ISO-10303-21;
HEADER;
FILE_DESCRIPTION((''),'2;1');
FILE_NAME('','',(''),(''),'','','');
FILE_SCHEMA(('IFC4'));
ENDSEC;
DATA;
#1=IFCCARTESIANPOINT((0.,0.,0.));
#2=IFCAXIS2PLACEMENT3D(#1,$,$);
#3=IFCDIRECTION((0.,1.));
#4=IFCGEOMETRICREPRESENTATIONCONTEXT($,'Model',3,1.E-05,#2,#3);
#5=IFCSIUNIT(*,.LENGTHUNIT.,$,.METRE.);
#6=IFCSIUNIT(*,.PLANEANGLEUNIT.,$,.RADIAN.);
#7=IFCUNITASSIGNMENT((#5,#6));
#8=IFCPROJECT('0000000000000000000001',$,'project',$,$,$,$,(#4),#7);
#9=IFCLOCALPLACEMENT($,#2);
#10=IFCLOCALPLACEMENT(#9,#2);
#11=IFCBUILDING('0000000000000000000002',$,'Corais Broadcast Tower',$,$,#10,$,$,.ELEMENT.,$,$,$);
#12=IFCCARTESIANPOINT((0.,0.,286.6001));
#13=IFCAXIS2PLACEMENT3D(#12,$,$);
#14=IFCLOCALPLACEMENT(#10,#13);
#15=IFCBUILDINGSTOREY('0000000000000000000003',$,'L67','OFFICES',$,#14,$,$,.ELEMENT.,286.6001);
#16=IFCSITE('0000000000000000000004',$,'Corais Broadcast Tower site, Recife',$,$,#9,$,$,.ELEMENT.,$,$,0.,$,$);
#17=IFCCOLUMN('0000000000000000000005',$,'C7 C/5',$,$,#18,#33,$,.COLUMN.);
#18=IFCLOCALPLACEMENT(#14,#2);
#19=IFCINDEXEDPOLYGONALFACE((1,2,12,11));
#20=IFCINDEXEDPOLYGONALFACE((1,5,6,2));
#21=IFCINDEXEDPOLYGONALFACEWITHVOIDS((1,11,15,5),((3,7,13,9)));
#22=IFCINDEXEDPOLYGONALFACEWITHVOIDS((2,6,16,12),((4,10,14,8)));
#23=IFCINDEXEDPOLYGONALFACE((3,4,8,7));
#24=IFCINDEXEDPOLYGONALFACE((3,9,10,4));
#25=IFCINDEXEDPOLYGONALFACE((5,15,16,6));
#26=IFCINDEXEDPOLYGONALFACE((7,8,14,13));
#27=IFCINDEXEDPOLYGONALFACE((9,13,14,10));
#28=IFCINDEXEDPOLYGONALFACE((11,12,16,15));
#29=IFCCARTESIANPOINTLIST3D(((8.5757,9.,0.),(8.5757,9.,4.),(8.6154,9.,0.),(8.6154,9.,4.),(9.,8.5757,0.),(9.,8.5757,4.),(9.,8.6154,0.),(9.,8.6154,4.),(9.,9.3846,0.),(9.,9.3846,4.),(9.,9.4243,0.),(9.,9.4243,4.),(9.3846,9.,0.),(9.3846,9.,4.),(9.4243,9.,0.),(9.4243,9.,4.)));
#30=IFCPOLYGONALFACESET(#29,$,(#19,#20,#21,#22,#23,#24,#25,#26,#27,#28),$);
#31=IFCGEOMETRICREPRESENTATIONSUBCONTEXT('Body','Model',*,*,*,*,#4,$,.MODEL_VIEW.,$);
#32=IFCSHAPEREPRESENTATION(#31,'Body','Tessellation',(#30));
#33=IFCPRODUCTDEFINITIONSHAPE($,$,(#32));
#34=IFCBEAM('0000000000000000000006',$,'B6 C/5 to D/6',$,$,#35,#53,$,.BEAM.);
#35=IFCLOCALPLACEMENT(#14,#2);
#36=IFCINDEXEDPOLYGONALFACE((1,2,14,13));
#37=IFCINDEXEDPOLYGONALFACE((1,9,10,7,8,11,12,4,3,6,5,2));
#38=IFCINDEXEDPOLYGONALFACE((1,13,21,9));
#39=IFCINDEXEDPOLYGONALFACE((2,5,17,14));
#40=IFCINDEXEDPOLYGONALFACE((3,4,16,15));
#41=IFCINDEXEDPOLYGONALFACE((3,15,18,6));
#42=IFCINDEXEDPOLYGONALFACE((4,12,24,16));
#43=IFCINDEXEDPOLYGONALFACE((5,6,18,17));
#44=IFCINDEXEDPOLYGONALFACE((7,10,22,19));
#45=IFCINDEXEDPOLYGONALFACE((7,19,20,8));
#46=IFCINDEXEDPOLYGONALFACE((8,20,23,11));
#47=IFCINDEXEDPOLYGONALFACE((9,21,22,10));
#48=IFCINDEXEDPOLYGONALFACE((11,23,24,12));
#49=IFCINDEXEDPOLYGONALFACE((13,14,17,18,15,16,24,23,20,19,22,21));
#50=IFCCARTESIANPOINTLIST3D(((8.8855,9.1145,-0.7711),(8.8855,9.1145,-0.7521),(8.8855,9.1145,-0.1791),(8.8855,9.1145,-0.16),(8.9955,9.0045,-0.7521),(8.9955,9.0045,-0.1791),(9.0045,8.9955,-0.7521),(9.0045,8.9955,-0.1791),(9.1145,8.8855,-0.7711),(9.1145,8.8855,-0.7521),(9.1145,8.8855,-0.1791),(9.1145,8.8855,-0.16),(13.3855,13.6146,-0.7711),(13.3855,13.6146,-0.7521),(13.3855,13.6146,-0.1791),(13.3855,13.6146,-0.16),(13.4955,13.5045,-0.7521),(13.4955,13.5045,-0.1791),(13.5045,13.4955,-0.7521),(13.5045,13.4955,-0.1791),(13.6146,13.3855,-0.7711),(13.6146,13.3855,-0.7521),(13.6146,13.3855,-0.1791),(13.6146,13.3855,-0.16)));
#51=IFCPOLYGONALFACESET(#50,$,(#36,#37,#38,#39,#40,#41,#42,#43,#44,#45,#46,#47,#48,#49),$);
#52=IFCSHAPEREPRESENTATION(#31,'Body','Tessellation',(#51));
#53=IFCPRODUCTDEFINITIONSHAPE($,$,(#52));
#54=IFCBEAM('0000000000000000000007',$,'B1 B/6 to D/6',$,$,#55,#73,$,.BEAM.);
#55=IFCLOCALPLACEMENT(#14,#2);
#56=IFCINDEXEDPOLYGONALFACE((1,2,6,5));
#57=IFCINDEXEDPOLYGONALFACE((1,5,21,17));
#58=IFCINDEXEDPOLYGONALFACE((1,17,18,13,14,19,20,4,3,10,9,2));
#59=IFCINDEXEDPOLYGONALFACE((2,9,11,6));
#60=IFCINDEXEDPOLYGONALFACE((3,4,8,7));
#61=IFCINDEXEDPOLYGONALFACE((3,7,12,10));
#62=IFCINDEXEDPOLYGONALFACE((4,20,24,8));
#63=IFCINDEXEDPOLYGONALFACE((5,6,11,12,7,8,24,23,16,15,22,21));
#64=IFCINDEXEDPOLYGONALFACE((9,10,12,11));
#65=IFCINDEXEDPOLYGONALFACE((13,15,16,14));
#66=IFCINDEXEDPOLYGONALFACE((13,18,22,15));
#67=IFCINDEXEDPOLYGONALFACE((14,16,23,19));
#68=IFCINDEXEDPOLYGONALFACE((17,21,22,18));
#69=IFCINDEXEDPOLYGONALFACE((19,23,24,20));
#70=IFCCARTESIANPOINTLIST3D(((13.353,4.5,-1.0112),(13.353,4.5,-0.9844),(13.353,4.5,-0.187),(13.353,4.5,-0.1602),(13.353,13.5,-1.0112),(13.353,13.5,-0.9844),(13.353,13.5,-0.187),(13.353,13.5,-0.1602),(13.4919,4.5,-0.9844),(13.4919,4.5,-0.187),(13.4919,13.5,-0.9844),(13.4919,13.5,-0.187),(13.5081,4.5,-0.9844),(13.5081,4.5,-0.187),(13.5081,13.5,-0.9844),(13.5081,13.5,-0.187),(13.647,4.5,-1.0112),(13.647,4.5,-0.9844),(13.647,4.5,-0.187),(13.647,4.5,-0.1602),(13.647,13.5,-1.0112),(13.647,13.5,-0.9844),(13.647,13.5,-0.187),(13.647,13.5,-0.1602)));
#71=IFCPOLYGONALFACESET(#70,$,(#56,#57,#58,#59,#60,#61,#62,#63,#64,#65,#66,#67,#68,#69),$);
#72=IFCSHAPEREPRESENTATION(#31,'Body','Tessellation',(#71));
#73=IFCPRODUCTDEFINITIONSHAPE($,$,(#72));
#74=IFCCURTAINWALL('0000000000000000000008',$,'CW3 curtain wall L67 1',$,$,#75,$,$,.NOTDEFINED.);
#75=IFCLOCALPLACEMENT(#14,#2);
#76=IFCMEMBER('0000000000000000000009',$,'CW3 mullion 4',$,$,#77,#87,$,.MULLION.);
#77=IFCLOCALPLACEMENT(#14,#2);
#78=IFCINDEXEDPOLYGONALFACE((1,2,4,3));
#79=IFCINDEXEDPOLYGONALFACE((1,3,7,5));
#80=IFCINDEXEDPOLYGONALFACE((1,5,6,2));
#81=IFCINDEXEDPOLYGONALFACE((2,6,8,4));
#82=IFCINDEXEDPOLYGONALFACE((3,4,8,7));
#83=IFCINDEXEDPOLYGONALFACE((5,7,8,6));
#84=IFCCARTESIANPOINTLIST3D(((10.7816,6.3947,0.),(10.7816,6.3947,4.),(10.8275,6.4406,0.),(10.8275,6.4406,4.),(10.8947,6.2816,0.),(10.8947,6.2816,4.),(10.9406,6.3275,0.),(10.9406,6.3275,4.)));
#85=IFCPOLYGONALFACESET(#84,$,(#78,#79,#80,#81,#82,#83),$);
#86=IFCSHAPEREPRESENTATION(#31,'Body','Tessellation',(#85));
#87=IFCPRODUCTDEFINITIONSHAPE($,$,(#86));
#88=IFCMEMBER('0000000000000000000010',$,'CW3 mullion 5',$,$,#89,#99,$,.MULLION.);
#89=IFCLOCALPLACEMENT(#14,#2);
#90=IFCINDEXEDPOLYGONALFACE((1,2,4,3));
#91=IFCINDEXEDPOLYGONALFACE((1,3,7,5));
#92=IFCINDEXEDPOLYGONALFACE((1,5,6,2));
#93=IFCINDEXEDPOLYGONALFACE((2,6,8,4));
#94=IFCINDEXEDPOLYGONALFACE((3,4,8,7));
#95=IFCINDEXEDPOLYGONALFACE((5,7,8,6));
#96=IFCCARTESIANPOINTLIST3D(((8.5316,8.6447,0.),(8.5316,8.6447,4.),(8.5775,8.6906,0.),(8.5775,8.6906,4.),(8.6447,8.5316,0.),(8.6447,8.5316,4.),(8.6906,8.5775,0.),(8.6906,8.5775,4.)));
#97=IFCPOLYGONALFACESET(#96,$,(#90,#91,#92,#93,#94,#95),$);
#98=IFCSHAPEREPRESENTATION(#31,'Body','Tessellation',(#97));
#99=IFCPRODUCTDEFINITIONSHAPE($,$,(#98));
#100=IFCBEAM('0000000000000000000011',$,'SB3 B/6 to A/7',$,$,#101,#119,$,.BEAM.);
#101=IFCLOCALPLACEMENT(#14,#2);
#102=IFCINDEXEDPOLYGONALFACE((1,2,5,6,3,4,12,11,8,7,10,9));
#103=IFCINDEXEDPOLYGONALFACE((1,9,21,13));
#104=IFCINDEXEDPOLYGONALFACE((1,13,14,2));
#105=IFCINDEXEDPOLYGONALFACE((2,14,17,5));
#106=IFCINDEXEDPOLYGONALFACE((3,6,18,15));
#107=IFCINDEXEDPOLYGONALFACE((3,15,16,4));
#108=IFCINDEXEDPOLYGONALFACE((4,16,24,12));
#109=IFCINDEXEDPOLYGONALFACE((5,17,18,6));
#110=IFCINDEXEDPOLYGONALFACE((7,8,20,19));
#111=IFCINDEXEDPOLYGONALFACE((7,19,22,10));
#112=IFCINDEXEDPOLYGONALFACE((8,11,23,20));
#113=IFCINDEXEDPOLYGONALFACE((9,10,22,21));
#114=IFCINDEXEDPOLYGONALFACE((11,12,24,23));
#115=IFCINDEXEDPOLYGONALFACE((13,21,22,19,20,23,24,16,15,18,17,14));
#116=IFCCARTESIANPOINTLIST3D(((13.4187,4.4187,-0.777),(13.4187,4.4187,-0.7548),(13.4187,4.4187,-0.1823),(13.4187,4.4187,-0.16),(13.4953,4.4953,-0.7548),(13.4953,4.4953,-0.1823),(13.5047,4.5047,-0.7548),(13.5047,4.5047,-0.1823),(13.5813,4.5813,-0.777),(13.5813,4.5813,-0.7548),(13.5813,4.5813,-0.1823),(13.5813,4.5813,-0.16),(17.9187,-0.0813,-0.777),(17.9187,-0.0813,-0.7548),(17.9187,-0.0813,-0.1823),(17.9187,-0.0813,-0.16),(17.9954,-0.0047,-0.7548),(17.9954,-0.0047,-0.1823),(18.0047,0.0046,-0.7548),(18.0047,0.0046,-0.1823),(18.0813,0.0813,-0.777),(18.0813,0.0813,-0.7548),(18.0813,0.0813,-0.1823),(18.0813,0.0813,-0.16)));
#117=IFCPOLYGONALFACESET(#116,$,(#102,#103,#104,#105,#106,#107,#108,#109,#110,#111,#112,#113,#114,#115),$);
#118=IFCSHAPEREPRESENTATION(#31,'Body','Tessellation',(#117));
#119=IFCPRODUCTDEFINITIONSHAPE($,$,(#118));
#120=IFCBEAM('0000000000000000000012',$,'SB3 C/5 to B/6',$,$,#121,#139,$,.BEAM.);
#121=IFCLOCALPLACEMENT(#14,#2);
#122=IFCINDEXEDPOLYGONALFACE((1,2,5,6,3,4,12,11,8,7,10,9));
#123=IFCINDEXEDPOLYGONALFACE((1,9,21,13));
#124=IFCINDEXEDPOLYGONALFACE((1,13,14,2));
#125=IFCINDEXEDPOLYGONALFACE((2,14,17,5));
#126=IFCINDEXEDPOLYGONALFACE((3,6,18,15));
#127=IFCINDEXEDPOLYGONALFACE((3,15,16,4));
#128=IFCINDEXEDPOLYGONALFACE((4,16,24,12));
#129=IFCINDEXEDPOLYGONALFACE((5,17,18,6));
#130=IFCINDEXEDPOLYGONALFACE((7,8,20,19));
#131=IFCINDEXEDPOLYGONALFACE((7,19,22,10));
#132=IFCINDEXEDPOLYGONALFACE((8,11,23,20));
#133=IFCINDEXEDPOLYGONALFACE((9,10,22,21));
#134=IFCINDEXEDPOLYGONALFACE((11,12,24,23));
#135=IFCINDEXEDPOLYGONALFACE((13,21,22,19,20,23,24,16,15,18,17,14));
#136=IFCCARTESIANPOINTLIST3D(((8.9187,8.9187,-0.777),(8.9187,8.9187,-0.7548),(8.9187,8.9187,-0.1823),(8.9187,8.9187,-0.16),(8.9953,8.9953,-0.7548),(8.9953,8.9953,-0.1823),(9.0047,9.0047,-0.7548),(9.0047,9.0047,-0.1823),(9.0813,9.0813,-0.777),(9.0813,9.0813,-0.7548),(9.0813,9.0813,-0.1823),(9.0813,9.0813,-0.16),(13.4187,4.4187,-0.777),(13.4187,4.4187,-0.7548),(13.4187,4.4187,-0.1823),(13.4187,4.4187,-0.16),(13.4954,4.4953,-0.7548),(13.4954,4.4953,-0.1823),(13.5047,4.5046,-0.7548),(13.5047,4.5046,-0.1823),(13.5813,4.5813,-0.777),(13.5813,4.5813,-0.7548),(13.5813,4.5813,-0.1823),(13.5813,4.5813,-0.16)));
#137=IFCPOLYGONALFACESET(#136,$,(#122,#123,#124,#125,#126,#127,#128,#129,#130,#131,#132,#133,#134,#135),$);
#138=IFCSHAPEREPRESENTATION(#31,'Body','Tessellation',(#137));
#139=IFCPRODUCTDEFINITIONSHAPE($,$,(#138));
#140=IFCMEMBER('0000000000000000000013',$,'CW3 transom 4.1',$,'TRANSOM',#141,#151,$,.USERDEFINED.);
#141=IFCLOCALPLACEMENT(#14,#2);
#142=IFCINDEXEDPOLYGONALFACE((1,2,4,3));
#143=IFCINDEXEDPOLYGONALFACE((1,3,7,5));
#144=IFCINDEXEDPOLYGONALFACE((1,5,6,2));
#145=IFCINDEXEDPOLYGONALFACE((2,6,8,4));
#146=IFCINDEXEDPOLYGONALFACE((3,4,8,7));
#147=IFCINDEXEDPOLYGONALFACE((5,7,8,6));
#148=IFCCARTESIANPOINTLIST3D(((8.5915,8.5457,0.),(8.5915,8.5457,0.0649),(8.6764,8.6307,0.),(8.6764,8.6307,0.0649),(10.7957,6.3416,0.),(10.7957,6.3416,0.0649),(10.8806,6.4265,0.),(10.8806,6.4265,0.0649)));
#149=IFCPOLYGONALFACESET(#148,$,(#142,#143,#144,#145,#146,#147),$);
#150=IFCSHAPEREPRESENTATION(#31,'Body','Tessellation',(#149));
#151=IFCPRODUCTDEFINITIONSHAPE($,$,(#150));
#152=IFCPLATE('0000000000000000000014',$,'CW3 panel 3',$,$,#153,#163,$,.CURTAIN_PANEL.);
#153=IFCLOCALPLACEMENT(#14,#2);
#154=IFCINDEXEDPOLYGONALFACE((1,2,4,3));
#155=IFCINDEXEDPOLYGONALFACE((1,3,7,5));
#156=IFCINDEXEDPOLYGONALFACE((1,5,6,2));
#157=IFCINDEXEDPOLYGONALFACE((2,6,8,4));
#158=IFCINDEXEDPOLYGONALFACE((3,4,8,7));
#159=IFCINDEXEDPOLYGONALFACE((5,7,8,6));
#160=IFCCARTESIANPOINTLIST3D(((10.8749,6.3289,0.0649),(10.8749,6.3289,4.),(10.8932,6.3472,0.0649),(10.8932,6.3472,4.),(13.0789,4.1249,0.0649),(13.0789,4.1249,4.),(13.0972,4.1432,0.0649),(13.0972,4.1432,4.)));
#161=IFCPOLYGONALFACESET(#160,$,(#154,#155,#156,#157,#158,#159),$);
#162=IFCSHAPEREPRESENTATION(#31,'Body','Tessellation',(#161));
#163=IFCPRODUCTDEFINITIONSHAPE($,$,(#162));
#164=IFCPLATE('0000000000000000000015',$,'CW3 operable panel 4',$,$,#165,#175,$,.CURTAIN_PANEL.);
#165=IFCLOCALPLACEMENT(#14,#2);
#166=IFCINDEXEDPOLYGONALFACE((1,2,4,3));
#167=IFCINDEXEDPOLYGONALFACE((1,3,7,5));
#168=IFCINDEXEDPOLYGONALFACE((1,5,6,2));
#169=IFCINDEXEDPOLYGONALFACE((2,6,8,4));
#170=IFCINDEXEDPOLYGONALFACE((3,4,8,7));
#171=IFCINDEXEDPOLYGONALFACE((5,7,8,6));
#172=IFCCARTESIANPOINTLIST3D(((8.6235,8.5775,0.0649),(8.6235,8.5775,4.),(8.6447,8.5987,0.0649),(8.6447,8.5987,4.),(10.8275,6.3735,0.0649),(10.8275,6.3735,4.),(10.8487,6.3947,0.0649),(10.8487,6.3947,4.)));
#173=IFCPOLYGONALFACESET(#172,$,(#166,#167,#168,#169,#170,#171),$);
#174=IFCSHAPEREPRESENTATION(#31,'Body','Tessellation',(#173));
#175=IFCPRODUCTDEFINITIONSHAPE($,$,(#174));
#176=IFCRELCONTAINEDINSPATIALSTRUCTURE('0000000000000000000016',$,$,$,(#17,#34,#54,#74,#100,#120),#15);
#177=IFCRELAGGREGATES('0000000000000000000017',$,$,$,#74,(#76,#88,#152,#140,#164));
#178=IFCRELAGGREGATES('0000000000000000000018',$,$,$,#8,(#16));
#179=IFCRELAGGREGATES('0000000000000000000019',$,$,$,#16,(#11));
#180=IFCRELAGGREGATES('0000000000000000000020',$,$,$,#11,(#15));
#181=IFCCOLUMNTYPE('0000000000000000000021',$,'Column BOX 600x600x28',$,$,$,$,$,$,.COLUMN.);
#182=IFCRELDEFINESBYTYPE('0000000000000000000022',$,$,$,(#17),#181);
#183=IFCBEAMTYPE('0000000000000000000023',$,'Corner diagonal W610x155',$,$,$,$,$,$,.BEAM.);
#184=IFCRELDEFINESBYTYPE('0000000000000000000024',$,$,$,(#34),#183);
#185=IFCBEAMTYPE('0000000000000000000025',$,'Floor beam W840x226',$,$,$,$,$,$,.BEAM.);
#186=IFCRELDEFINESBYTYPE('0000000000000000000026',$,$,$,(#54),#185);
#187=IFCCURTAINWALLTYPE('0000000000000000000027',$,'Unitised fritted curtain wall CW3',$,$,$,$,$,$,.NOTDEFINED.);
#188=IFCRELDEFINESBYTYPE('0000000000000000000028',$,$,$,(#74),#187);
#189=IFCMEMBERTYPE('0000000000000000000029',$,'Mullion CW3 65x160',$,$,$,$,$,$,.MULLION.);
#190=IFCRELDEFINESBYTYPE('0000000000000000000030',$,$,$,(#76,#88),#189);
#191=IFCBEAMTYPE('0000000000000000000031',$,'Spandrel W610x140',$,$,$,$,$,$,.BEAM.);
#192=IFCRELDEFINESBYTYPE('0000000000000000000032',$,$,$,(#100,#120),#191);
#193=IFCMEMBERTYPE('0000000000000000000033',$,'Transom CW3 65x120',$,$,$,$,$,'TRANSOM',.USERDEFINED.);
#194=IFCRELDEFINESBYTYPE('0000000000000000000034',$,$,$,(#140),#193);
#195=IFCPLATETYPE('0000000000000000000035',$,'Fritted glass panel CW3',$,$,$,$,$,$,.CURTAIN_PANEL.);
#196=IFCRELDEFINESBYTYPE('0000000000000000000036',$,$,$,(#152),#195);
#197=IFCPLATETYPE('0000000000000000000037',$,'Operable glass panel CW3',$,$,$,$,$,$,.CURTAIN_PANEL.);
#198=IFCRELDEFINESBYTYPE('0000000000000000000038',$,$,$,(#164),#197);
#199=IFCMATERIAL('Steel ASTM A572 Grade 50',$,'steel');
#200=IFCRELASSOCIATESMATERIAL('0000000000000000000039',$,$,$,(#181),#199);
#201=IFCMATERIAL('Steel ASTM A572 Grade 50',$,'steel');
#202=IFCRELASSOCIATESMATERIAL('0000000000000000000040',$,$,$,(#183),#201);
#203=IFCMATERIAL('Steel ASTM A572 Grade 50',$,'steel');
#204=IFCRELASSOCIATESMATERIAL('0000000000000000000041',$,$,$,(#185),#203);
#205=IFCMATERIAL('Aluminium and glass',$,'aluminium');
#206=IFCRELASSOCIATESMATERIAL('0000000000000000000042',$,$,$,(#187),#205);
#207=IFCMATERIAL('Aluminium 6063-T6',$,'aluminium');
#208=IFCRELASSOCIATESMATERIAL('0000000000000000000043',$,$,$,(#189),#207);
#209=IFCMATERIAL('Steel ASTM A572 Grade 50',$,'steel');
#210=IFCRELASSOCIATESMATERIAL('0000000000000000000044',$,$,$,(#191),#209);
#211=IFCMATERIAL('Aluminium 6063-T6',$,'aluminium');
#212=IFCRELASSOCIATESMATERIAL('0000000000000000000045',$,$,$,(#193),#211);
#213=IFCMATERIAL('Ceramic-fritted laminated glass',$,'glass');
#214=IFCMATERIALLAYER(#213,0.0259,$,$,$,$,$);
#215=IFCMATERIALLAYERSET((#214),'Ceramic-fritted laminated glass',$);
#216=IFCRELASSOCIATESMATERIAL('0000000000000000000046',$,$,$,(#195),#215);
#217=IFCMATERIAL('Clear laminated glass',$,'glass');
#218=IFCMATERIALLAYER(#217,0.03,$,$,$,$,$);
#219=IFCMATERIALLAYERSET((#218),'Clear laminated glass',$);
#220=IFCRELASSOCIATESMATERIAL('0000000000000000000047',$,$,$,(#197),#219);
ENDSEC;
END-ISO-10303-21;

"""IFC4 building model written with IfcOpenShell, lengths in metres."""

from ifc_helpers import new_model, si_unit, direction, frame, origin, origin_2d, place, context, subcontext, project, spatial, rectangle, hollow_rectangle, i_section, extrude, material, layer, layer_set, material_profile, profile_set, type_object, element, aggregate, save


model = new_model("IFC4")

# Units and contexts
model_context = context("Model", 3, precision=1e-05, world=origin(), true_north=direction((0.0, 1.0)))
body_context = subcontext(model_context, "Body", "Model", "MODEL_VIEW")
ifc_project = project(units=[si_unit("LENGTHUNIT", "METRE"), si_unit("PLANEANGLEUNIT", "RADIAN")], contexts=[model_context])

# Site, building, storey
site_placement = place(None, origin())
site = spatial("IfcSite", under=ifc_project, at=site_placement, Name="Corais Broadcast Tower site, Recife", CompositionType="ELEMENT", RefElevation=0.0)
building_placement = place(site_placement, origin())
building = spatial("IfcBuilding", under=site, at=building_placement, Name="Corais Broadcast Tower", CompositionType="ELEMENT")
storey_placement = place(building_placement, frame((0.0, 0.0, 286.6001)))
storey = spatial("IfcBuildingStorey", under=building, at=storey_placement, Name="L67", Description="OFFICES", CompositionType="ELEMENT", Elevation=286.6001)

# Column
ifc_material_1 = material(Name="Steel ASTM A572 Grade 50", Category="steel")
ifc_material_profile_1 = material_profile(ifc_material_1, hollow_rectangle(XDim=0.6001, YDim=0.6001, WallThickness=0.0281, at=origin_2d()), Name="BOX 600x600x28")
ifc_profile_set_1 = profile_set([ifc_material_profile_1], Name="Steel ASTM A572 Grade 50")
column_type = type_object("IfcColumnType", Name="Column BOX 600x600x28", PredefinedType="COLUMN", material=ifc_profile_set_1)
column_placement = place(storey_placement, frame((9.0, 9.0, 0.0), z_axis=(0.0, 0.0, 1.0), x_axis=(0.707107, 0.707107, 0.0)))
element("IfcColumn", 1, at=column_placement, inside=storey, type_object=column_type, Name="C7 C/5", PredefinedType="COLUMN", context=body_context, shape_type="SweptSolid", body=[
    extrude(hollow_rectangle(XDim=0.6001, YDim=0.6001, WallThickness=0.0281, at=origin_2d()), origin(), (0.0, 0.0, 1.0), 4.0),
])

# Beams
ifc_material_2 = material(Name="Steel ASTM A572 Grade 50", Category="steel")
ifc_material_profile_2 = material_profile(ifc_material_2, i_section(OverallWidth=0.324, OverallDepth=0.6111, WebThickness=0.0127, FlangeThickness=0.019, at=origin_2d()), Name="W610x155")
ifc_profile_set_2 = profile_set([ifc_material_profile_2], Name="Steel ASTM A572 Grade 50")
beam_type_1 = type_object("IfcBeamType", Name="Corner diagonal W610x155", PredefinedType="BEAM", material=ifc_profile_set_2)
beam_1_placement = place(storey_placement, frame((9.0, 9.0, -0.4656), z_axis=(0.707107, 0.707107, 0.0), x_axis=(-0.707107, 0.707107, 0.0)))
element("IfcBeam", 2, at=beam_1_placement, inside=storey, type_object=beam_type_1, Name="B6 C/5 to D/6", PredefinedType="BEAM", context=body_context, shape_type="SweptSolid", body=[
    extrude(i_section(OverallWidth=0.324, OverallDepth=0.6111, WebThickness=0.0127, FlangeThickness=0.019, at=origin_2d()), origin(), (0.0, 0.0, 1.0), 6.364),
])
ifc_material_3 = material(Name="Steel ASTM A572 Grade 50", Category="steel")
ifc_material_profile_3 = material_profile(ifc_material_3, i_section(OverallWidth=0.2939, OverallDepth=0.8511, WebThickness=0.0161, FlangeThickness=0.0269, at=origin_2d()), Name="W840x226")
ifc_profile_set_3 = profile_set([ifc_material_profile_3], Name="Steel ASTM A572 Grade 50")
beam_type_2 = type_object("IfcBeamType", Name="Floor beam W840x226", PredefinedType="BEAM", material=ifc_profile_set_3)
beam_2_placement = place(storey_placement, frame((13.5, 4.5, -0.5857), z_axis=(0.0, 1.0, 0.0), x_axis=(-1.0, 0.0, 0.0)))
element("IfcBeam", 3, at=beam_2_placement, inside=storey, type_object=beam_type_2, Name="B1 B/6 to D/6", PredefinedType="BEAM", context=body_context, shape_type="SweptSolid", body=[
    extrude(i_section(OverallWidth=0.2939, OverallDepth=0.8511, WebThickness=0.0161, FlangeThickness=0.0269, at=origin_2d()), origin(), (0.0, 0.0, 1.0), 9.0),
])

# Curtain wall, members
ifc_material_4 = material(Name="Aluminium and glass", Category="aluminium")
curtain_wall_type = type_object("IfcCurtainWallType", Name="Unitised fritted curtain wall CW3", PredefinedType="NOTDEFINED", material=ifc_material_4)
curtain_wall_placement = place(storey_placement, origin())
curtain_wall = element("IfcCurtainWall", 4, at=curtain_wall_placement, inside=storey, type_object=curtain_wall_type, Name="CW3 curtain wall L67 1", PredefinedType="NOTDEFINED")
ifc_material_5 = material(Name="Aluminium 6063-T6", Category="aluminium")
ifc_material_profile_4 = material_profile(ifc_material_5, rectangle(XDim=0.0649, YDim=0.1599, at=origin_2d()), Name="Mullion CW3 65x160")
ifc_profile_set_4 = profile_set([ifc_material_profile_4], Name="Aluminium 6063-T6")
member_type_1 = type_object("IfcMemberType", Name="Mullion CW3 65x160", PredefinedType="MULLION", material=ifc_profile_set_4)
member_1_placement = place(storey_placement, frame((10.8611, 6.3611, 0.0), z_axis=(0.0, 0.0, 1.0), x_axis=(-0.707107, -0.707107, 0.0)))
member_1 = element("IfcMember", 5, at=member_1_placement, type_object=member_type_1, Name="CW3 mullion 4", PredefinedType="MULLION", context=body_context, shape_type="SweptSolid", body=[
    extrude(rectangle(XDim=0.0649, YDim=0.1599, at=origin_2d()), origin(), (0.0, 0.0, 1.0), 4.0),
])
member_2_placement = place(storey_placement, frame((8.6111, 8.6111, 0.0), z_axis=(0.0, 0.0, 1.0), x_axis=(-0.707107, -0.707107, 0.0)))
member_2 = element("IfcMember", 6, at=member_2_placement, type_object=member_type_1, Name="CW3 mullion 5", PredefinedType="MULLION", context=body_context, shape_type="SweptSolid", body=[
    extrude(rectangle(XDim=0.0649, YDim=0.1599, at=origin_2d()), origin(), (0.0, 0.0, 1.0), 4.0),
])

# Beams
ifc_material_6 = material(Name="Steel ASTM A572 Grade 50", Category="steel")
ifc_material_profile_5 = material_profile(ifc_material_6, i_section(OverallWidth=0.23, OverallDepth=0.6169, WebThickness=0.0132, FlangeThickness=0.0222, at=origin_2d()), Name="W610x140")
ifc_profile_set_5 = profile_set([ifc_material_profile_5], Name="Steel ASTM A572 Grade 50")
beam_type_3 = type_object("IfcBeamType", Name="Spandrel W610x140", PredefinedType="BEAM", material=ifc_profile_set_5)
for number, where, z_axis, x_axis, name in (
    (7, (13.5, 4.5, -0.4685), (0.707107, -0.707107, 0.0), (0.707107, 0.707107, 0.0), "SB3 B/6 to A/7"),
    (8, (9.0, 9.0, -0.4685), (0.707107, -0.707107, 0.0), (0.707107, 0.707107, 0.0), "SB3 C/5 to B/6"),
):
    element("IfcBeam", number, at=place(storey_placement, frame(where, z_axis=z_axis, x_axis=x_axis)), inside=storey, type_object=beam_type_3, Name=name, PredefinedType="BEAM", context=body_context, shape_type="SweptSolid", body=[
        extrude(i_section(OverallWidth=0.23, OverallDepth=0.6169, WebThickness=0.0132, FlangeThickness=0.0222, at=origin_2d()), origin(), (0.0, 0.0, 1.0), 6.364),
    ])

# Member
ifc_material_7 = material(Name="Aluminium 6063-T6", Category="aluminium")
ifc_material_profile_6 = material_profile(ifc_material_7, rectangle(XDim=0.1201, YDim=0.0649, at=origin_2d()), Name="Transom CW3 65x120")
ifc_profile_set_6 = profile_set([ifc_material_profile_6], Name="Aluminium 6063-T6")
member_type_2 = type_object("IfcMemberType", Name="Transom CW3 65x120", ElementType="TRANSOM", PredefinedType="USERDEFINED", material=ifc_profile_set_6)
member_3_placement = place(storey_placement, frame((10.8381, 6.384, 0.0325), z_axis=(-0.707107, 0.707107, 0.0), x_axis=(-0.707107, -0.707107, 0.0)))
member_3 = element("IfcMember", 9, at=member_3_placement, type_object=member_type_2, Name="CW3 transom 4.1", ObjectType="TRANSOM", PredefinedType="USERDEFINED", context=body_context, shape_type="SweptSolid", body=[
    extrude(rectangle(XDim=0.1201, YDim=0.0649, at=origin_2d()), origin(), (0.0, 0.0, 1.0), 3.1172),
])

# Plates
ifc_material_8 = material(Name="Ceramic-fritted laminated glass", Category="glass")
ifc_layer_1 = layer(ifc_material_8, 0.0259)
ifc_layer_set_1 = layer_set([ifc_layer_1], Name="Ceramic-fritted laminated glass")
plate_type_1 = type_object("IfcPlateType", Name="Fritted glass panel CW3", PredefinedType="CURTAIN_PANEL", material=ifc_layer_set_1)
plate_1_placement = place(storey_placement, frame((11.9861, 5.2361, 0.0649), z_axis=(0.0, 0.0, 1.0), x_axis=(-0.707107, 0.707107, 0.0)))
plate_1 = element("IfcPlate", 10, at=plate_1_placement, type_object=plate_type_1, Name="CW3 panel 3", PredefinedType="CURTAIN_PANEL", context=body_context, shape_type="SweptSolid", body=[
    extrude(rectangle(XDim=3.1169, YDim=0.0259, at=origin_2d()), origin(), (0.0, 0.0, 1.0), 3.9351),
])
ifc_material_9 = material(Name="Clear laminated glass", Category="glass")
ifc_layer_2 = layer(ifc_material_9, 0.03)
ifc_layer_set_2 = layer_set([ifc_layer_2], Name="Clear laminated glass")
plate_type_2 = type_object("IfcPlateType", Name="Operable glass panel CW3", PredefinedType="CURTAIN_PANEL", material=ifc_layer_set_2)
plate_2_placement = place(storey_placement, frame((9.7361, 7.4861, 0.0649), z_axis=(0.0, 0.0, 1.0), x_axis=(-0.707107, 0.707107, 0.0)))
plate_2 = element("IfcPlate", 11, at=plate_2_placement, type_object=plate_type_2, Name="CW3 operable panel 4", PredefinedType="CURTAIN_PANEL", context=body_context, shape_type="SweptSolid", body=[
    extrude(rectangle(XDim=3.1169, YDim=0.03, at=origin_2d()), origin(), (0.0, 0.0, 1.0), 3.9351),
])
aggregate(curtain_wall, [member_1, member_2, plate_1, member_3, plate_2])

save(model, "model.ifc")
